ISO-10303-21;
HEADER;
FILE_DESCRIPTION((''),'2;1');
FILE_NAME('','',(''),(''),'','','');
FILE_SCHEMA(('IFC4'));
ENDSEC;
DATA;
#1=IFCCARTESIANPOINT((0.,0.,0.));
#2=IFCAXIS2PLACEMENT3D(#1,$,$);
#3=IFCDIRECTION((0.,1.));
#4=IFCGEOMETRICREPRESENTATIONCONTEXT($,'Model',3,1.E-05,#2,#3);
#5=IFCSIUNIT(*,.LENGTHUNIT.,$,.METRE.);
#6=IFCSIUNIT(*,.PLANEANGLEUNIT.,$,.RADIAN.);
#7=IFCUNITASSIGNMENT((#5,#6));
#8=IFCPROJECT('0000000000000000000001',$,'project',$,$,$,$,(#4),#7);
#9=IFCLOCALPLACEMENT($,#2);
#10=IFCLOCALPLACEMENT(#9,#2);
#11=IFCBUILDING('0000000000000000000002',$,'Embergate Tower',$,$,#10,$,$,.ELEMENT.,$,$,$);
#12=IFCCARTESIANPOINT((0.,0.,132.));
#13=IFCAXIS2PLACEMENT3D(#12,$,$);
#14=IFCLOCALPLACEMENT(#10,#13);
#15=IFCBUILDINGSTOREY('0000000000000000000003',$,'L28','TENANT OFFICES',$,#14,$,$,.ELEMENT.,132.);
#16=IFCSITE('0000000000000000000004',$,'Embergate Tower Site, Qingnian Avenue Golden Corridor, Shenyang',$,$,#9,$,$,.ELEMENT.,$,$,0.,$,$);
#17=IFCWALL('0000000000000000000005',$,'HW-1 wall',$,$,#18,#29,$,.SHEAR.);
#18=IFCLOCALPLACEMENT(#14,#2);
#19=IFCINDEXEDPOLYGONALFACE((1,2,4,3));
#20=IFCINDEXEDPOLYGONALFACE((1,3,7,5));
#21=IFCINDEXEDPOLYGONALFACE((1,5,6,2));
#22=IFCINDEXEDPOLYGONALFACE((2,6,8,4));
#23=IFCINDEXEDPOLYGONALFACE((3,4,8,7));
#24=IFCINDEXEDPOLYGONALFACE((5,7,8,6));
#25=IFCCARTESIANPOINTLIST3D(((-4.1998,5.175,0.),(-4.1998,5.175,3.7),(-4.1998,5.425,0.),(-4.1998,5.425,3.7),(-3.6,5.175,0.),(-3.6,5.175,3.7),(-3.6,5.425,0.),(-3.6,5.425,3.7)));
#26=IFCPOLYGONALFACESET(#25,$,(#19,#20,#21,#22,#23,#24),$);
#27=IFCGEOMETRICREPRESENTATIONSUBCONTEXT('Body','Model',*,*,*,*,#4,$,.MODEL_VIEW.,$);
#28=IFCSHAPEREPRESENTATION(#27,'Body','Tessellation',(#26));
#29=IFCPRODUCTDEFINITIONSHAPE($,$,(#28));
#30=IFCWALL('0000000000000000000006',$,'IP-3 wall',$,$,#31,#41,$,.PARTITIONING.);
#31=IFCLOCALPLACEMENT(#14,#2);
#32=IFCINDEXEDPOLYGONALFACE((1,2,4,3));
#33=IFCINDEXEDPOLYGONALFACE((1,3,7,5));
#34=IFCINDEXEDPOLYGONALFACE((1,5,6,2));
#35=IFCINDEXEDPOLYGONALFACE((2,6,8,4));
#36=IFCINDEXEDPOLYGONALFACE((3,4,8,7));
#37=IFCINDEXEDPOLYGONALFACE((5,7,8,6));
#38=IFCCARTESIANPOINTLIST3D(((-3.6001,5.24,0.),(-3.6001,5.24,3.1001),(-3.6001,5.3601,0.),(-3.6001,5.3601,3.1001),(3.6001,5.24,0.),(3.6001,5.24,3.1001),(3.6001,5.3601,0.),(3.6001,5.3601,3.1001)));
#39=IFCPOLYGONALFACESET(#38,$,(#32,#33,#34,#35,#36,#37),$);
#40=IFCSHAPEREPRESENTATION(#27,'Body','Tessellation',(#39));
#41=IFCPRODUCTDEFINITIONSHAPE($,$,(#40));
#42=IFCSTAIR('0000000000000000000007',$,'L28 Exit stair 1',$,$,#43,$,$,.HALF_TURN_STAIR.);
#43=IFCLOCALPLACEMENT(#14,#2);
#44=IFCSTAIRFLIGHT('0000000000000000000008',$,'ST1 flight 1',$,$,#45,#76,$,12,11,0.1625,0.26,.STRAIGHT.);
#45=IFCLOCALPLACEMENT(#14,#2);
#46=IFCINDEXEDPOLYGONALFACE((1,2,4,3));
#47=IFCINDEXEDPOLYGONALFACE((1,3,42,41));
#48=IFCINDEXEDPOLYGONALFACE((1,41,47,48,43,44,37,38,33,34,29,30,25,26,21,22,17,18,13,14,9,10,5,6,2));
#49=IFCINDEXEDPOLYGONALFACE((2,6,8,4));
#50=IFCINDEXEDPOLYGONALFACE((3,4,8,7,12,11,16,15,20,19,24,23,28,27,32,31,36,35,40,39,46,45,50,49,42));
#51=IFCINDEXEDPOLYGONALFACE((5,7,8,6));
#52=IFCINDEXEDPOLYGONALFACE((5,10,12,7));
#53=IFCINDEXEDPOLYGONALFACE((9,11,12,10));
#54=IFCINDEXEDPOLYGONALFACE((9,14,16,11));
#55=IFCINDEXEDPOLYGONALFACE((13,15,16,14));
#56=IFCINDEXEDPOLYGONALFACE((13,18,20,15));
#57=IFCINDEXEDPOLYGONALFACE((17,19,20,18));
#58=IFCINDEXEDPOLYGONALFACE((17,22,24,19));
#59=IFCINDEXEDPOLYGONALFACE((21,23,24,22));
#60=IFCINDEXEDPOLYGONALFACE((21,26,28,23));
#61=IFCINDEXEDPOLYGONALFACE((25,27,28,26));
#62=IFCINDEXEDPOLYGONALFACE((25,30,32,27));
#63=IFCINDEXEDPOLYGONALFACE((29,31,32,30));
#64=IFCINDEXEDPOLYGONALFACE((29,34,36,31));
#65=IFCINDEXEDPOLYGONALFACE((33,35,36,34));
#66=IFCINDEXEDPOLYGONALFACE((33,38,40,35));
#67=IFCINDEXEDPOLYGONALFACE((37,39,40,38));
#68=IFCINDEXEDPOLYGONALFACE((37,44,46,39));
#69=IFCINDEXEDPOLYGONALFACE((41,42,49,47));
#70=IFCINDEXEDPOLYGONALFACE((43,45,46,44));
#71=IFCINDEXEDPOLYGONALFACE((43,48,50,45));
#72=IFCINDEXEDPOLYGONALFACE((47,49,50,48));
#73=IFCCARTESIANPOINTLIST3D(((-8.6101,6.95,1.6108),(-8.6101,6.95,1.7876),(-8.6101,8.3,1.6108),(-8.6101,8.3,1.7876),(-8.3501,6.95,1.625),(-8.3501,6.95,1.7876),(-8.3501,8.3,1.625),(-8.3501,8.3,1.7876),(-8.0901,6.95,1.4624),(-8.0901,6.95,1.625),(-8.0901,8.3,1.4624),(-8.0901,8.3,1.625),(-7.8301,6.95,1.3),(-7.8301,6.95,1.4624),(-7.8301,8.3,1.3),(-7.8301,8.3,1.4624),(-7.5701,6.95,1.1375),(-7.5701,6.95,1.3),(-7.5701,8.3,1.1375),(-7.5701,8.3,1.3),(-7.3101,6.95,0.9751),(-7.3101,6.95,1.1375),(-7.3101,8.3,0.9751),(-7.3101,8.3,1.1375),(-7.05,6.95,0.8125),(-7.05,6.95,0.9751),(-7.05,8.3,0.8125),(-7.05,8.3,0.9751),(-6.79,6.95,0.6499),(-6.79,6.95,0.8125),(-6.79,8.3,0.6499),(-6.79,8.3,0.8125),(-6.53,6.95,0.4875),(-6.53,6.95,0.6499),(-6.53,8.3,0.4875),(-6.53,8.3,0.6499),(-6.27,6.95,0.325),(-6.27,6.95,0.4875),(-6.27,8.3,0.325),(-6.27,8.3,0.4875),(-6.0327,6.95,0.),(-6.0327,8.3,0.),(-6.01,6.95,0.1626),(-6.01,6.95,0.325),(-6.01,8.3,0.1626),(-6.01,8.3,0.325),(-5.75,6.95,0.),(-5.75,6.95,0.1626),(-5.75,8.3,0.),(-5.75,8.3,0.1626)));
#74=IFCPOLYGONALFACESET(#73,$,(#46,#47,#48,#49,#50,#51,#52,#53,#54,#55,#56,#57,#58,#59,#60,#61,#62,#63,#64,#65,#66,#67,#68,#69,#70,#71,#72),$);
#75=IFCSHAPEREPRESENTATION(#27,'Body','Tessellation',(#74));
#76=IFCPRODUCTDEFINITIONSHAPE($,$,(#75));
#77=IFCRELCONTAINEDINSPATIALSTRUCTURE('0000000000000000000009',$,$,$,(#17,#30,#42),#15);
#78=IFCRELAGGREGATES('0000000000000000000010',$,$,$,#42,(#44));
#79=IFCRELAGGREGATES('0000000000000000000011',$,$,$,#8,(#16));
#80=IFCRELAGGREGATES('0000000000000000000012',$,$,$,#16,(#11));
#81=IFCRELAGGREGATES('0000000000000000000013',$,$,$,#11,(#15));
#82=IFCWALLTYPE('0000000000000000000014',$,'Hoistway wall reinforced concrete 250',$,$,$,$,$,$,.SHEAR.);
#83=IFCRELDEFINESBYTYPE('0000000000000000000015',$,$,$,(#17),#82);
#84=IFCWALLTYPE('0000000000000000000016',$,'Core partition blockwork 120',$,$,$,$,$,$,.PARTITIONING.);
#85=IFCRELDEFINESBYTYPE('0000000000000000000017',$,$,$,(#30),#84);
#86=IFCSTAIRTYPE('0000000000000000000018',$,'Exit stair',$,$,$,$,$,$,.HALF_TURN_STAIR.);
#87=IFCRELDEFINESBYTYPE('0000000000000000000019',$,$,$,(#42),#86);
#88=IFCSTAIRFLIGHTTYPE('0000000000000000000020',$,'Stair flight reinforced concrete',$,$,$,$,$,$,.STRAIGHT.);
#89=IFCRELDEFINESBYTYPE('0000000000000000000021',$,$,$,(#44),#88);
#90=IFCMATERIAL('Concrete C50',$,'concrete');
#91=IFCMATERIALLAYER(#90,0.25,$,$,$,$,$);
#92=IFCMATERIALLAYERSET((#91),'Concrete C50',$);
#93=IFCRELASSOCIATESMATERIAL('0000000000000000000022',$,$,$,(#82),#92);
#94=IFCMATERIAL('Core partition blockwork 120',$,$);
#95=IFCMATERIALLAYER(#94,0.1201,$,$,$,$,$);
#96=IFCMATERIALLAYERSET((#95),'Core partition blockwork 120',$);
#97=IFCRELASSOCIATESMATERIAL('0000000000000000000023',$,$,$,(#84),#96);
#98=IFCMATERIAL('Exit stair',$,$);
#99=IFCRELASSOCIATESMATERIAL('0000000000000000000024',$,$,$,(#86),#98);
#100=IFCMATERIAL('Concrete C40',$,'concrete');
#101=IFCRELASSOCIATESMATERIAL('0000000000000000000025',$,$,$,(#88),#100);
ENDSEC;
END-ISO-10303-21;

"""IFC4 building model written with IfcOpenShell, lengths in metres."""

from ifc_helpers import new_model, si_unit, direction, frame, frame_2d, origin, place, context, subcontext, project, spatial, polyline, rectangle, outline, extrude, source, transform, mapped, material, layer, layer_set, type_object, element, aggregate, save


model = new_model("IFC4")

# Units and contexts
model_context = context("Model", 3, precision=1e-05, world=origin(), true_north=direction((0.0, 1.0)))
body_context = subcontext(model_context, "Body", "Model", "MODEL_VIEW")
ifc_project = project(units=[si_unit("LENGTHUNIT", "METRE"), si_unit("PLANEANGLEUNIT", "RADIAN")], contexts=[model_context])

# Site, building, storey
site_placement = place(None, origin())
site = spatial("IfcSite", under=ifc_project, at=site_placement, Name="Embergate Tower Site, Qingnian Avenue Golden Corridor, Shenyang", CompositionType="ELEMENT", RefElevation=0.0)
building_placement = place(site_placement, origin())
building = spatial("IfcBuilding", under=site, at=building_placement, Name="Embergate Tower", CompositionType="ELEMENT")
storey_placement = place(building_placement, frame((0.0, 0.0, 132.0)))
storey = spatial("IfcBuildingStorey", under=building, at=storey_placement, Name="L28", Description="TENANT OFFICES", CompositionType="ELEMENT", Elevation=132.0)

# Shared definitions
ifc_material_1 = material(Name="Concrete C50", Category="concrete")
ifc_layer_1 = layer(ifc_material_1, 0.25)
ifc_layer_set_1 = layer_set([ifc_layer_1], Name="Concrete C50")
wall_type_1 = type_object("IfcWallType", Name="Hoistway wall reinforced concrete 250", PredefinedType="SHEAR", material=ifc_layer_set_1)

# Shared definitions
ifc_material_2 = material(Name="Core partition blockwork 120")
ifc_layer_2 = layer(ifc_material_2, 0.1201)
ifc_layer_set_2 = layer_set([ifc_layer_2], Name="Core partition blockwork 120")
wall_type_2 = type_object("IfcWallType", Name="Core partition blockwork 120", PredefinedType="PARTITIONING", material=ifc_layer_set_2)

# Walls
shared_shape_1 = source(origin(), body_context, "Body", "SweptSolid", [
    extrude(rectangle(XDim=0.5999, YDim=0.25, at=frame_2d((0.2998, 0.0))), origin(), (0.0, 0.0, 1.0), 3.7),
])
wall_1_placement = place(storey_placement, frame((-3.6001, 5.3, 0.0), z_axis=(0.0, 0.0, 1.0), x_axis=(-1.0, 0.0, 0.0)))
element("IfcWall", 1, at=wall_1_placement, inside=storey, type_object=wall_type_1, Name="HW-1 wall", PredefinedType="SHEAR", context=body_context, shape_type="MappedRepresentation", body=[
    mapped(shared_shape_1, transform((0.0, 0.0, 0.0))),
])
shared_shape_2 = source(origin(), body_context, "Body", "SweptSolid", [
    extrude(rectangle(XDim=7.2002, YDim=0.1201, at=frame_2d((3.6001, 0.0))), origin(), (0.0, 0.0, 1.0), 3.1001),
])
wall_2_placement = place(storey_placement, frame((-3.6001, 5.3, 0.0), z_axis=(0.0, 0.0, 1.0), x_axis=(1.0, 0.0, 0.0)))
element("IfcWall", 2, at=wall_2_placement, inside=storey, type_object=wall_type_2, Name="IP-3 wall", PredefinedType="PARTITIONING", context=body_context, shape_type="MappedRepresentation", body=[
    mapped(shared_shape_2, transform((0.0, 0.0, 0.0))),
])

# Stair, stair flight
ifc_material_3 = material(Name="Exit stair")
stair_type = type_object("IfcStairType", Name="Exit stair", PredefinedType="HALF_TURN_STAIR", material=ifc_material_3)
stair_placement = place(storey_placement, origin())
stair = element("IfcStair", 3, at=stair_placement, inside=storey, type_object=stair_type, Name="L28 Exit stair 1", PredefinedType="HALF_TURN_STAIR")
ifc_material_4 = material(Name="Concrete C40", Category="concrete")
stair_flight_type = type_object("IfcStairFlightType", Name="Stair flight reinforced concrete", PredefinedType="STRAIGHT", material=ifc_material_4)
shared_shape_3 = source(origin(), body_context, "Body", "SweptSolid", [
    extrude(outline(polyline([(0.0, 0.0), (0.0, 0.1626), (0.26, 0.1626), (0.26, 0.325), (0.52, 0.325), (0.52, 0.4875), (0.78, 0.4875), (0.78, 0.6499), (1.04, 0.6499), (1.04, 0.8125), (1.3, 0.8125), (1.3, 0.9751), (1.5601, 0.9751), (1.5601, 1.1375), (1.8201, 1.1375), (1.8201, 1.3), (2.0801, 1.3), (2.0801, 1.4624), (2.3401, 1.4624), (2.3401, 1.625), (2.6001, 1.625), (2.6001, 1.7876), (2.8601, 1.7876), (2.8601, 1.95), (2.8601, 1.6108), (0.2827, 0.0), (0.0, 0.0)])), frame((0.0, 0.675, 0.0), z_axis=(0.0, -1.0, 0.0), x_axis=(1.0, 0.0, 0.0)), (0.0, 0.0, 1.0), 1.3501),
])
stair_flight_placement = place(storey_placement, frame((-5.75, 7.625, 0.0), z_axis=(0.0, 0.0, 1.0), x_axis=(-1.0, 0.0, 0.0)))
stair_flight = element("IfcStairFlight", 4, at=stair_flight_placement, type_object=stair_flight_type, Name="ST1 flight 1", NumberOfRisers=12, NumberOfTreads=11, PredefinedType="STRAIGHT", RiserHeight=0.1625, TreadLength=0.26, context=body_context, shape_type="MappedRepresentation", body=[
    mapped(shared_shape_3, transform((0.0, 0.0, 0.0))),
])
aggregate(stair, [stair_flight])

save(model, "model.ifc")
